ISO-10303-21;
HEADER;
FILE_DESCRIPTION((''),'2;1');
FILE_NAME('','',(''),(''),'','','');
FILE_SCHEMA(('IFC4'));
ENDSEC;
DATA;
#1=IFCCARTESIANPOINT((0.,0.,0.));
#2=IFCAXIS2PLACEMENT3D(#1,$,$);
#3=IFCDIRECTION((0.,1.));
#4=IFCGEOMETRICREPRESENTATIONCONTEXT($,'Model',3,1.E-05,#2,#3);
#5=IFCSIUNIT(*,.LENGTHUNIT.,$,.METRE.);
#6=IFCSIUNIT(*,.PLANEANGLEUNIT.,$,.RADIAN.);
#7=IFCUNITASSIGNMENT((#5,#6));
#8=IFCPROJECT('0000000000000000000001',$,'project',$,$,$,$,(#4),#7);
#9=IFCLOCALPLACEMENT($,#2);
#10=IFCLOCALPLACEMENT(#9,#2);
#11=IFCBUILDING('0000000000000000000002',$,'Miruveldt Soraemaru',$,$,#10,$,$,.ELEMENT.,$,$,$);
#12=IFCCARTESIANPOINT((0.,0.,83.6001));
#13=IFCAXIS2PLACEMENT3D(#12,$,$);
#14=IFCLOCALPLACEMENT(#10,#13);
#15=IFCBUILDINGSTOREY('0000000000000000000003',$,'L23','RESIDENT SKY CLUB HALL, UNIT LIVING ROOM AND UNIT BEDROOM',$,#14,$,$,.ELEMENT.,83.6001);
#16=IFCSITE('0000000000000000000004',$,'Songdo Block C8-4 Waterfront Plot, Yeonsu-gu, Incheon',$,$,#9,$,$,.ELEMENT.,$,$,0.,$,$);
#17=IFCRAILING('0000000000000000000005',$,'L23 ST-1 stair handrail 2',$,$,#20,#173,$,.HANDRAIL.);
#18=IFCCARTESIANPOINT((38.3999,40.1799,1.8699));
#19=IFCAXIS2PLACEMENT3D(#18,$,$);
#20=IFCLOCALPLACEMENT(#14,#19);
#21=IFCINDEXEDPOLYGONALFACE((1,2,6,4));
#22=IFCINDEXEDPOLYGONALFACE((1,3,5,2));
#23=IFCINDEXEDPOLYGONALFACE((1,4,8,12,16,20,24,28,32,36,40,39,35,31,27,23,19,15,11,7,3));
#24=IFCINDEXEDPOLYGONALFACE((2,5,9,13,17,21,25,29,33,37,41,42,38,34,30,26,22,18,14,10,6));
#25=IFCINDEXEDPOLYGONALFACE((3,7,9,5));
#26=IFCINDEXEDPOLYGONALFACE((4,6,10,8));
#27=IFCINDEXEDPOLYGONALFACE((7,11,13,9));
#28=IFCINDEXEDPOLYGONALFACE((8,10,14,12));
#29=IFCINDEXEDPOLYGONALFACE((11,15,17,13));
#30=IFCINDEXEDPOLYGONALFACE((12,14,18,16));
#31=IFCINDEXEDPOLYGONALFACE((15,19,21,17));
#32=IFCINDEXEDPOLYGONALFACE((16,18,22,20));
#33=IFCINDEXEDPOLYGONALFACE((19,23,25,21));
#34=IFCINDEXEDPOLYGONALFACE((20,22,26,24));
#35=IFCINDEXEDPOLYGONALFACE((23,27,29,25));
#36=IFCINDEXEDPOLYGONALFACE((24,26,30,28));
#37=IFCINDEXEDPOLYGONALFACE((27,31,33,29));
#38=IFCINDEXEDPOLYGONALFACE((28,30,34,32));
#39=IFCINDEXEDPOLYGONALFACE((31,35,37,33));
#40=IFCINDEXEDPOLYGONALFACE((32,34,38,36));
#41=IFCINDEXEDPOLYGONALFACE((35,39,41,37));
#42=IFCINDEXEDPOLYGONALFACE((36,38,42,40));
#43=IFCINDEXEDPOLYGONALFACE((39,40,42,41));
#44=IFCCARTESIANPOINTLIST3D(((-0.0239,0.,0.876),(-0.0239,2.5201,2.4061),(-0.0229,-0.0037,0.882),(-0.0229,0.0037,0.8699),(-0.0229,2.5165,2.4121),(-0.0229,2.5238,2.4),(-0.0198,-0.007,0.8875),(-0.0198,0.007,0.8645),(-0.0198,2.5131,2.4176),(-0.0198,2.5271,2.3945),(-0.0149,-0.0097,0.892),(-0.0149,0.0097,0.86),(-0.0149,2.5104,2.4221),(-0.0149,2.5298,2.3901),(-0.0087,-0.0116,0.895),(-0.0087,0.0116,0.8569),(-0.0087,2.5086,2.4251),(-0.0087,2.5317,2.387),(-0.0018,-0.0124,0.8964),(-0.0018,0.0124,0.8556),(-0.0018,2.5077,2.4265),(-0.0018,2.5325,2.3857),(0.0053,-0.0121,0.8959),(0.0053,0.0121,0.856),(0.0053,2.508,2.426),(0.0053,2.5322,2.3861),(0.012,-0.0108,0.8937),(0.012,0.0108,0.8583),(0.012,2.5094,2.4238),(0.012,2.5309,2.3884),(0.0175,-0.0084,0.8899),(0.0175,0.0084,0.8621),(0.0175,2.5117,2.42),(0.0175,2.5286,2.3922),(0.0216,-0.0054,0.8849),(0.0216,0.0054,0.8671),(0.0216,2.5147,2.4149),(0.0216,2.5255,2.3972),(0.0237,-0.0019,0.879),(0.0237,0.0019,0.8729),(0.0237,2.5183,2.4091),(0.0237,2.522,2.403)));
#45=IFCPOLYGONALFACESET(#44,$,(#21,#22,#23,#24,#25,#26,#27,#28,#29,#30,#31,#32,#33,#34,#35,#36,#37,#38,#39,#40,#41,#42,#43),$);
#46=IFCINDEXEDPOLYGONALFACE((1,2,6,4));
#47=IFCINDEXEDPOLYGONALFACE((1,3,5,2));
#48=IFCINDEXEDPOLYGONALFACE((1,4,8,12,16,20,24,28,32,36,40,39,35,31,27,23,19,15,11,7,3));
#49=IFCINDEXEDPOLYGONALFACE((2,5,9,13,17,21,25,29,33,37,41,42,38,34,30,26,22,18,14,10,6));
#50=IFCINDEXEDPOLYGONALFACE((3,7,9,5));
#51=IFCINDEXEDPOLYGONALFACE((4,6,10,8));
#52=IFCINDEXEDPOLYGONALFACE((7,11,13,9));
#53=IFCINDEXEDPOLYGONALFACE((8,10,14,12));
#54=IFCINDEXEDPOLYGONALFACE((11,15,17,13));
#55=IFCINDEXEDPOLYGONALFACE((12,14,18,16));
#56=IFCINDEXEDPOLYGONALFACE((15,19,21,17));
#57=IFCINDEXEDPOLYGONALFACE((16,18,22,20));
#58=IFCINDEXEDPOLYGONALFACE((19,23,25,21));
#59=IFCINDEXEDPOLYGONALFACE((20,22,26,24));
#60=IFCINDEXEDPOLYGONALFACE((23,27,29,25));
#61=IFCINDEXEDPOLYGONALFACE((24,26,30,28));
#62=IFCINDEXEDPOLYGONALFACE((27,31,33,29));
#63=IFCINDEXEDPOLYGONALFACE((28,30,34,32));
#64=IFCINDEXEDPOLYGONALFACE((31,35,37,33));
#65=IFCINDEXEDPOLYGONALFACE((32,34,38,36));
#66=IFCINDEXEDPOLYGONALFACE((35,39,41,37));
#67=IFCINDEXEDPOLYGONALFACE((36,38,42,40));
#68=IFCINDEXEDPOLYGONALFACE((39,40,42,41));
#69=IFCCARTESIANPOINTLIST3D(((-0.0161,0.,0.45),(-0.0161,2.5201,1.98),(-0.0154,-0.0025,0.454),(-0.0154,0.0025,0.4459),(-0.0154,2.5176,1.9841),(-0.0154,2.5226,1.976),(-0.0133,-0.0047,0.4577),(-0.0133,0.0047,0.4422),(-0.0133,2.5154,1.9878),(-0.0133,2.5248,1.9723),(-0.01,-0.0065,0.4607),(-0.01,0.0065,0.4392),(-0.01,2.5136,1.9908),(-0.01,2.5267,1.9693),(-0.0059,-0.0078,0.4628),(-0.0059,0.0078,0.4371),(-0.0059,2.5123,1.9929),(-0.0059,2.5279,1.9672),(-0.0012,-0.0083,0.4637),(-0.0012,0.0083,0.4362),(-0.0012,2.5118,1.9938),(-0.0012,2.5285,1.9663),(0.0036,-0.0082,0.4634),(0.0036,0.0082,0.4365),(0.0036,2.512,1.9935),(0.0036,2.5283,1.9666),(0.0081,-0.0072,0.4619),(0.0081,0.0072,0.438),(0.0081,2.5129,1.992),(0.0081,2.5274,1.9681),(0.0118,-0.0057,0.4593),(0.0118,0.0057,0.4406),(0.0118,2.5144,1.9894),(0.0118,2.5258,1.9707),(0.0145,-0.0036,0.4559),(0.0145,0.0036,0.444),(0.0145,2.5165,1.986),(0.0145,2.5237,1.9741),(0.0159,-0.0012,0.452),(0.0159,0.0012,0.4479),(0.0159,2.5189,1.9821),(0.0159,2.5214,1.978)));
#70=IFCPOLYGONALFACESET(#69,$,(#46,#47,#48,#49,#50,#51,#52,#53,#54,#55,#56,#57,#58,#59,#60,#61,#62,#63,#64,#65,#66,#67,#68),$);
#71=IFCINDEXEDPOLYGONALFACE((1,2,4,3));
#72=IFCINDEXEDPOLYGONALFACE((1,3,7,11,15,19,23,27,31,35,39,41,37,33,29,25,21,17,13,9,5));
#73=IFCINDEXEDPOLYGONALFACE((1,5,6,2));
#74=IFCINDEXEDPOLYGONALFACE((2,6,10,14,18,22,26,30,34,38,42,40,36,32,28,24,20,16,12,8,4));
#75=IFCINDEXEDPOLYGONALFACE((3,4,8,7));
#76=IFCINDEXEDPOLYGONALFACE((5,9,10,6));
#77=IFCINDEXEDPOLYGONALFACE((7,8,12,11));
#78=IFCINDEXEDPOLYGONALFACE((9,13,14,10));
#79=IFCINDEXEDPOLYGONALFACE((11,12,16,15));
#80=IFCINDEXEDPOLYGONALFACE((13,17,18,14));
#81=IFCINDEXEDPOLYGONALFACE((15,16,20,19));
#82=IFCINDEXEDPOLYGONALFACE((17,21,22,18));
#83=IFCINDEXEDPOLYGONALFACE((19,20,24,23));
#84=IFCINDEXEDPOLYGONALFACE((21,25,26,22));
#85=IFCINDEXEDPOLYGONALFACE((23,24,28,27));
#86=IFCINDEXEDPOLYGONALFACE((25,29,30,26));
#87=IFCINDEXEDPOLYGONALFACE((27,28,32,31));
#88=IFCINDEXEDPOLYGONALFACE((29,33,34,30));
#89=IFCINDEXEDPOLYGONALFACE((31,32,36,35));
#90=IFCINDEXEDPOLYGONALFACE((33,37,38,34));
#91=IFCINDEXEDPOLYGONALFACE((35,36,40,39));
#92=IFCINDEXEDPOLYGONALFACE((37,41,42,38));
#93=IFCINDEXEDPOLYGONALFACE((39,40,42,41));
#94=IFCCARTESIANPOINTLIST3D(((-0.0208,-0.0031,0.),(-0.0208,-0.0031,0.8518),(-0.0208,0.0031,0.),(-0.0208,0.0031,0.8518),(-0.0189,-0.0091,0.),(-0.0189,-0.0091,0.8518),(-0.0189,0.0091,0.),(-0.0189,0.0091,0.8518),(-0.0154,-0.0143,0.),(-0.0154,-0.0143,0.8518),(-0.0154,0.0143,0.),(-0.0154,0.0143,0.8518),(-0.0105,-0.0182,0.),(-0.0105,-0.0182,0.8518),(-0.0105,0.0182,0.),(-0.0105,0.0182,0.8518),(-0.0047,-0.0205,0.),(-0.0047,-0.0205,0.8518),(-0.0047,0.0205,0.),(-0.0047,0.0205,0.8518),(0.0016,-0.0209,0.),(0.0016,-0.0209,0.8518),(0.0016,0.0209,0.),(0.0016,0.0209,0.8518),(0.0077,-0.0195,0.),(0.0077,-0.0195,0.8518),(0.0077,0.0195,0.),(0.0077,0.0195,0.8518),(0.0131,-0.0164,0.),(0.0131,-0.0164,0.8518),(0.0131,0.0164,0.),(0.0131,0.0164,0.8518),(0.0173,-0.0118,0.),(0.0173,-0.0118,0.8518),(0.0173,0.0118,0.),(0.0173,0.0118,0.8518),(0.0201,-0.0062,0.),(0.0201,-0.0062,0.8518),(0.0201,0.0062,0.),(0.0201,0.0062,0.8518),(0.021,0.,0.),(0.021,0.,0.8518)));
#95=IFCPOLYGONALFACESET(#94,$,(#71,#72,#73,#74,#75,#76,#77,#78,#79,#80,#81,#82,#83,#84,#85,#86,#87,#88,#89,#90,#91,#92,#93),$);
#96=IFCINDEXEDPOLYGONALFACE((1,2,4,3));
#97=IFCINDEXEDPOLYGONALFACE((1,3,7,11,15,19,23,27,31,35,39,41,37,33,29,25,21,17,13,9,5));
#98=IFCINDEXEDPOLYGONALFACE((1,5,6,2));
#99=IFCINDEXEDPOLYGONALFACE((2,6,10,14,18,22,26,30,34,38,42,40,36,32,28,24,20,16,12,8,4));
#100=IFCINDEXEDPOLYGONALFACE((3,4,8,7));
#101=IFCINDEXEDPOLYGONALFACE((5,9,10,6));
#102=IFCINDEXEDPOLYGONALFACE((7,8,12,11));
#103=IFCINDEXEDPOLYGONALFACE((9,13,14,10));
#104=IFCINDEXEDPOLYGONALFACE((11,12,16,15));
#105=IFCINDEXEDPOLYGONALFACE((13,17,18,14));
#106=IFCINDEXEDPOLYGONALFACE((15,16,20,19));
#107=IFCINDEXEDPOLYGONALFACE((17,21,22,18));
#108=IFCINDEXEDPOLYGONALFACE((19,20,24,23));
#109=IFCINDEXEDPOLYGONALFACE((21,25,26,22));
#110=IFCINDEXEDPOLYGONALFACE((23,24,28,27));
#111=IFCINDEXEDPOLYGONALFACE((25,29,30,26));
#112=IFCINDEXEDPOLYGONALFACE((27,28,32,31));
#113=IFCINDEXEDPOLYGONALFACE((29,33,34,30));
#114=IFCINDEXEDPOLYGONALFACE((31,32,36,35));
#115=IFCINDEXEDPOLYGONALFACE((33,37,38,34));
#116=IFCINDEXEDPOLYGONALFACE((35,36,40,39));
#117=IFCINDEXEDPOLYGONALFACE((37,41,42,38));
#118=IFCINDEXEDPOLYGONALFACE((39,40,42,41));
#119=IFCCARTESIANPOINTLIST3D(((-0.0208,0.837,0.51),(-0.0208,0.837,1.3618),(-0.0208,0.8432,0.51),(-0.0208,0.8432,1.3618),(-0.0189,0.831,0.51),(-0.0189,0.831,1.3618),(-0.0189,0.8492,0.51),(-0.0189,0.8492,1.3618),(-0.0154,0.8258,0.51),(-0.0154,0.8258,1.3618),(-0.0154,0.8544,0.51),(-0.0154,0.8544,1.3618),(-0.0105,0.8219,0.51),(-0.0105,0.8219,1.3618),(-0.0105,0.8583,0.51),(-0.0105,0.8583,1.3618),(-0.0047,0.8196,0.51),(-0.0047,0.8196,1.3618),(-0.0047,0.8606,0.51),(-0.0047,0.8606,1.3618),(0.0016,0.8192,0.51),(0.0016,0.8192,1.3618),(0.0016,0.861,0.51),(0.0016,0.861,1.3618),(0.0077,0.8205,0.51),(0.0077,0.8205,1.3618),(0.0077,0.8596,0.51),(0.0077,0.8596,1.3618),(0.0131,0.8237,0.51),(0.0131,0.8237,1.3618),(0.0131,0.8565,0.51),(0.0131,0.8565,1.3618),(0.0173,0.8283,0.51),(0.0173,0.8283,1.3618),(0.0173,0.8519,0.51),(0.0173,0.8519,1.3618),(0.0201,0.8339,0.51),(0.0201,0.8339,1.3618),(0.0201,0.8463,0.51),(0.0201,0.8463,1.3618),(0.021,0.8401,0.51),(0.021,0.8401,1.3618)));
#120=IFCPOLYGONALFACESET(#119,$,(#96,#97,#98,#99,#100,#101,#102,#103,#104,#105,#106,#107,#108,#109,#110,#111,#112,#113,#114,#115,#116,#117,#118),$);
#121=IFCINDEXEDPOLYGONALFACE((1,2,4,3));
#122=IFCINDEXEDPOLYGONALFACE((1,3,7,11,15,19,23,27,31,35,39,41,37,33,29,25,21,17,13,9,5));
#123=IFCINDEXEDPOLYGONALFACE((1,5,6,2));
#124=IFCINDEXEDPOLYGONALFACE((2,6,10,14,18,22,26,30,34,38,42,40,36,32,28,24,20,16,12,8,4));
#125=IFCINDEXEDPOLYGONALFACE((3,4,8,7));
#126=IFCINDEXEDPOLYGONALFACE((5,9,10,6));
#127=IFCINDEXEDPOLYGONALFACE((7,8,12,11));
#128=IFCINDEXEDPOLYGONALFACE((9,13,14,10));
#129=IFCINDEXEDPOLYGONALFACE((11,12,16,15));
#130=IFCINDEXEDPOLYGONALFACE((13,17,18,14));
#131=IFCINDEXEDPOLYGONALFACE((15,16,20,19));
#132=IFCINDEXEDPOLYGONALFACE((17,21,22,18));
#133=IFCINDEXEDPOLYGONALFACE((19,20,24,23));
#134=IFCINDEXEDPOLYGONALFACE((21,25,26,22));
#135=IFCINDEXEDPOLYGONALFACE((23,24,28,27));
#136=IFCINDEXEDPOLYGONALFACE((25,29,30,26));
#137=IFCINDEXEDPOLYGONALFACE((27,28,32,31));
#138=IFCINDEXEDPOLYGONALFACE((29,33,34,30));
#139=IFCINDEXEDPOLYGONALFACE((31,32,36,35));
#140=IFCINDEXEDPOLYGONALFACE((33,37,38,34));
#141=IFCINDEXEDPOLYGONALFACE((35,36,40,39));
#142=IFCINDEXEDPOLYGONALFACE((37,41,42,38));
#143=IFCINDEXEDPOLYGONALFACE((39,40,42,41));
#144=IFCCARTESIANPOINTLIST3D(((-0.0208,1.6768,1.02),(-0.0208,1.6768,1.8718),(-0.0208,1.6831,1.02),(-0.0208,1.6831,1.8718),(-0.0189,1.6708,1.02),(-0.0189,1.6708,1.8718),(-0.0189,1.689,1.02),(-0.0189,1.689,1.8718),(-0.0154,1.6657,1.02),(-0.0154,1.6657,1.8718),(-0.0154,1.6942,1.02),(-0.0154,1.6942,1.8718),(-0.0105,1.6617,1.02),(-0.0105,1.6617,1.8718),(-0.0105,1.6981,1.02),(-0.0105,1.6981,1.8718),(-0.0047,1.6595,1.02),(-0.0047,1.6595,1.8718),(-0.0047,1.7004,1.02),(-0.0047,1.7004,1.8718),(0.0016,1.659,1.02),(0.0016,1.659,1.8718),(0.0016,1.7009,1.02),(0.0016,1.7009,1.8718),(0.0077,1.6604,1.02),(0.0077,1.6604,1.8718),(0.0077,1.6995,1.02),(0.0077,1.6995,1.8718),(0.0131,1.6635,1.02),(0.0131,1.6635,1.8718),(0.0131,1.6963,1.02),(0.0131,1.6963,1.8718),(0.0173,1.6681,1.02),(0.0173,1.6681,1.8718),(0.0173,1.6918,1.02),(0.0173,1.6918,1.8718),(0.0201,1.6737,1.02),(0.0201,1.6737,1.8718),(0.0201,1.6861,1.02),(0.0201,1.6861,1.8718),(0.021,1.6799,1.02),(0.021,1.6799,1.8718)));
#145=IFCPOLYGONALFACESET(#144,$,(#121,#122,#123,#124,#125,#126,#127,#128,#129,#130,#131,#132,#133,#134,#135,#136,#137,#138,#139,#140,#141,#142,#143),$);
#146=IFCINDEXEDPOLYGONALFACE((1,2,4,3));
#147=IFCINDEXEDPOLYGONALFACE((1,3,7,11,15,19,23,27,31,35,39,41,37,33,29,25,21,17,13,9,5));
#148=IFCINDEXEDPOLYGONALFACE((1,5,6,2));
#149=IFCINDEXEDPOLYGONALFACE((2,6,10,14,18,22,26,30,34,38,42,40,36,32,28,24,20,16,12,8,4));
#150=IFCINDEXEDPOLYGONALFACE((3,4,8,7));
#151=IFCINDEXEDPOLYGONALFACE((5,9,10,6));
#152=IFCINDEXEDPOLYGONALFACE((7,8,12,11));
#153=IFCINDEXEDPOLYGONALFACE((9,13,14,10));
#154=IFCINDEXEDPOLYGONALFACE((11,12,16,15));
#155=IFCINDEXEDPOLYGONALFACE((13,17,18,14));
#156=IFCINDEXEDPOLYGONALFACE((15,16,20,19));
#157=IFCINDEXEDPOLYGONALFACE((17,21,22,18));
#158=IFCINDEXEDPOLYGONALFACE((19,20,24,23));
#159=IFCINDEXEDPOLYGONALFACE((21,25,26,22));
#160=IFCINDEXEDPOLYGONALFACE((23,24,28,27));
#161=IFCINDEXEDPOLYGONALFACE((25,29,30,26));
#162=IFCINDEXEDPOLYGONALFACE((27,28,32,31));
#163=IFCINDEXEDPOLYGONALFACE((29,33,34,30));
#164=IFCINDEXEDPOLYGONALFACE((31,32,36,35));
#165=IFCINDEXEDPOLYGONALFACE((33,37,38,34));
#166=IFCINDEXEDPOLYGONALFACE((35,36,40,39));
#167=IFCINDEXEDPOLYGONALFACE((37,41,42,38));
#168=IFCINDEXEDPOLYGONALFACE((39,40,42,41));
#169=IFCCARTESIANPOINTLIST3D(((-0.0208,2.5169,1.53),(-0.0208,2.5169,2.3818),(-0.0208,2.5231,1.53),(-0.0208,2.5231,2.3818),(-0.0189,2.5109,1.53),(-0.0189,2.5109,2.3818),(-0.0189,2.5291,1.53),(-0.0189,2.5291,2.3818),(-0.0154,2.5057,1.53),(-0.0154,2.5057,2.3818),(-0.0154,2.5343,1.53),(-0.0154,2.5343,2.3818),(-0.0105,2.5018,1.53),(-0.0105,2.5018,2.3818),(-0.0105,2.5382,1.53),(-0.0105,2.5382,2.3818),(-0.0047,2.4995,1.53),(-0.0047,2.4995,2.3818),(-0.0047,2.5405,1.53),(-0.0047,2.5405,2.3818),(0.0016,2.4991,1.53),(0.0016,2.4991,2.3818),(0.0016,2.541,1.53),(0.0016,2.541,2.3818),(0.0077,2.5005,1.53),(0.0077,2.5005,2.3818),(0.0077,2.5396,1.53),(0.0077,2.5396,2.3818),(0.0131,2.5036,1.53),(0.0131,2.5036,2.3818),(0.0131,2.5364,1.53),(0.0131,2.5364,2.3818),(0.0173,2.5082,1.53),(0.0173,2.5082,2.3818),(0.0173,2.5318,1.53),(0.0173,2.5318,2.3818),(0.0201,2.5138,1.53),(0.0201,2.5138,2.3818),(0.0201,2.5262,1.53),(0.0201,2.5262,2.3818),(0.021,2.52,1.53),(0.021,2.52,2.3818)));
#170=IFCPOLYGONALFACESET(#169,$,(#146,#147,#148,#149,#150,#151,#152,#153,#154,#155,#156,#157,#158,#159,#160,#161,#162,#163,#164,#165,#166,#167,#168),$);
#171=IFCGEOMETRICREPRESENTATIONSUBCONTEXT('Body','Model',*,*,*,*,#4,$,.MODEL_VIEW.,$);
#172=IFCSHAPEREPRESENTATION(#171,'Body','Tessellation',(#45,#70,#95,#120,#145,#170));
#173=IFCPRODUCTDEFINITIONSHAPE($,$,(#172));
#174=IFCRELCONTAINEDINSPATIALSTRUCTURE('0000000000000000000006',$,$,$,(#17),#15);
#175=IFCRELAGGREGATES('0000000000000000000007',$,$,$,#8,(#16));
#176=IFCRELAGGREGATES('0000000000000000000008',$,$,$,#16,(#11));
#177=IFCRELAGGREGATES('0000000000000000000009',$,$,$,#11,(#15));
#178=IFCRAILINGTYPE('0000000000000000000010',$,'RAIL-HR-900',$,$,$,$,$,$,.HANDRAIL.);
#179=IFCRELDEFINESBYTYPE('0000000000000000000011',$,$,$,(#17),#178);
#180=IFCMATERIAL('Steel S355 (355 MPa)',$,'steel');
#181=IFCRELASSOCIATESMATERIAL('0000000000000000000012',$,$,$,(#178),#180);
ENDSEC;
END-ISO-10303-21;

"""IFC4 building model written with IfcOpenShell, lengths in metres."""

from ifc_helpers import new_model, si_unit, direction, frame, origin, origin_2d, place, context, subcontext, project, spatial, circle, extrude, material, type_object, element, save


model = new_model("IFC4")

# Units and contexts
model_context = context("Model", 3, precision=1e-05, world=origin(), true_north=direction((0.0, 1.0)))
body_context = subcontext(model_context, "Body", "Model", "MODEL_VIEW")
ifc_project = project(units=[si_unit("LENGTHUNIT", "METRE"), si_unit("PLANEANGLEUNIT", "RADIAN")], contexts=[model_context])

# Site, building, storey
site_placement = place(None, origin())
site = spatial("IfcSite", under=ifc_project, at=site_placement, Name="Songdo Block C8-4 Waterfront Plot, Yeonsu-gu, Incheon", CompositionType="ELEMENT", RefElevation=0.0)
building_placement = place(site_placement, origin())
building = spatial("IfcBuilding", under=site, at=building_placement, Name="Miruveldt Soraemaru", CompositionType="ELEMENT")
storey_placement = place(building_placement, frame((0.0, 0.0, 83.6001)))
storey = spatial("IfcBuildingStorey", under=building, at=storey_placement, Name="L23", Description="RESIDENT SKY CLUB HALL, UNIT LIVING ROOM AND UNIT BEDROOM", CompositionType="ELEMENT", Elevation=83.6001)

# Railing
ifc_material_1 = material(Name="Steel S355 (355 MPa)", Category="steel")
railing_type_1 = type_object("IfcRailingType", Name="RAIL-HR-900", PredefinedType="HANDRAIL", material=ifc_material_1)
railing_1_placement = place(storey_placement, frame((38.3999, 40.1799, 1.8699)))
element("IfcRailing", 1, at=railing_1_placement, inside=storey, type_object=railing_type_1, Name="L23 ST-1 stair handrail 2", PredefinedType="HANDRAIL", context=body_context, shape_type="SweptSolid", body=[
    extrude(circle(Radius=0.0239, at=origin_2d()), frame((0.0, 0.0, 0.876), z_axis=(0.0, 0.854785, 0.518982), x_axis=(-1.0, 0.0, 0.0)), (0.0, 0.0, 1.0), 2.9482),
    extrude(circle(Radius=0.0161, at=origin_2d()), frame((0.0, 0.0, 0.45), z_axis=(0.0, 0.854785, 0.518982), x_axis=(-1.0, 0.0, 0.0)), (0.0, 0.0, 1.0), 2.9482),
    extrude(circle(Radius=0.021, at=origin_2d()), origin(), (0.0, 0.0, 1.0), 0.8518),
    extrude(circle(Radius=0.021, at=origin_2d()), frame((0.0, 0.8401, 0.51)), (0.0, 0.0, 1.0), 0.8518),
    extrude(circle(Radius=0.021, at=origin_2d()), frame((0.0, 1.6799, 1.02)), (0.0, 0.0, 1.0), 0.8518),
    extrude(circle(Radius=0.021, at=origin_2d()), frame((0.0, 2.52, 1.53)), (0.0, 0.0, 1.0), 0.8518),
])

save(model, "model.ifc")
